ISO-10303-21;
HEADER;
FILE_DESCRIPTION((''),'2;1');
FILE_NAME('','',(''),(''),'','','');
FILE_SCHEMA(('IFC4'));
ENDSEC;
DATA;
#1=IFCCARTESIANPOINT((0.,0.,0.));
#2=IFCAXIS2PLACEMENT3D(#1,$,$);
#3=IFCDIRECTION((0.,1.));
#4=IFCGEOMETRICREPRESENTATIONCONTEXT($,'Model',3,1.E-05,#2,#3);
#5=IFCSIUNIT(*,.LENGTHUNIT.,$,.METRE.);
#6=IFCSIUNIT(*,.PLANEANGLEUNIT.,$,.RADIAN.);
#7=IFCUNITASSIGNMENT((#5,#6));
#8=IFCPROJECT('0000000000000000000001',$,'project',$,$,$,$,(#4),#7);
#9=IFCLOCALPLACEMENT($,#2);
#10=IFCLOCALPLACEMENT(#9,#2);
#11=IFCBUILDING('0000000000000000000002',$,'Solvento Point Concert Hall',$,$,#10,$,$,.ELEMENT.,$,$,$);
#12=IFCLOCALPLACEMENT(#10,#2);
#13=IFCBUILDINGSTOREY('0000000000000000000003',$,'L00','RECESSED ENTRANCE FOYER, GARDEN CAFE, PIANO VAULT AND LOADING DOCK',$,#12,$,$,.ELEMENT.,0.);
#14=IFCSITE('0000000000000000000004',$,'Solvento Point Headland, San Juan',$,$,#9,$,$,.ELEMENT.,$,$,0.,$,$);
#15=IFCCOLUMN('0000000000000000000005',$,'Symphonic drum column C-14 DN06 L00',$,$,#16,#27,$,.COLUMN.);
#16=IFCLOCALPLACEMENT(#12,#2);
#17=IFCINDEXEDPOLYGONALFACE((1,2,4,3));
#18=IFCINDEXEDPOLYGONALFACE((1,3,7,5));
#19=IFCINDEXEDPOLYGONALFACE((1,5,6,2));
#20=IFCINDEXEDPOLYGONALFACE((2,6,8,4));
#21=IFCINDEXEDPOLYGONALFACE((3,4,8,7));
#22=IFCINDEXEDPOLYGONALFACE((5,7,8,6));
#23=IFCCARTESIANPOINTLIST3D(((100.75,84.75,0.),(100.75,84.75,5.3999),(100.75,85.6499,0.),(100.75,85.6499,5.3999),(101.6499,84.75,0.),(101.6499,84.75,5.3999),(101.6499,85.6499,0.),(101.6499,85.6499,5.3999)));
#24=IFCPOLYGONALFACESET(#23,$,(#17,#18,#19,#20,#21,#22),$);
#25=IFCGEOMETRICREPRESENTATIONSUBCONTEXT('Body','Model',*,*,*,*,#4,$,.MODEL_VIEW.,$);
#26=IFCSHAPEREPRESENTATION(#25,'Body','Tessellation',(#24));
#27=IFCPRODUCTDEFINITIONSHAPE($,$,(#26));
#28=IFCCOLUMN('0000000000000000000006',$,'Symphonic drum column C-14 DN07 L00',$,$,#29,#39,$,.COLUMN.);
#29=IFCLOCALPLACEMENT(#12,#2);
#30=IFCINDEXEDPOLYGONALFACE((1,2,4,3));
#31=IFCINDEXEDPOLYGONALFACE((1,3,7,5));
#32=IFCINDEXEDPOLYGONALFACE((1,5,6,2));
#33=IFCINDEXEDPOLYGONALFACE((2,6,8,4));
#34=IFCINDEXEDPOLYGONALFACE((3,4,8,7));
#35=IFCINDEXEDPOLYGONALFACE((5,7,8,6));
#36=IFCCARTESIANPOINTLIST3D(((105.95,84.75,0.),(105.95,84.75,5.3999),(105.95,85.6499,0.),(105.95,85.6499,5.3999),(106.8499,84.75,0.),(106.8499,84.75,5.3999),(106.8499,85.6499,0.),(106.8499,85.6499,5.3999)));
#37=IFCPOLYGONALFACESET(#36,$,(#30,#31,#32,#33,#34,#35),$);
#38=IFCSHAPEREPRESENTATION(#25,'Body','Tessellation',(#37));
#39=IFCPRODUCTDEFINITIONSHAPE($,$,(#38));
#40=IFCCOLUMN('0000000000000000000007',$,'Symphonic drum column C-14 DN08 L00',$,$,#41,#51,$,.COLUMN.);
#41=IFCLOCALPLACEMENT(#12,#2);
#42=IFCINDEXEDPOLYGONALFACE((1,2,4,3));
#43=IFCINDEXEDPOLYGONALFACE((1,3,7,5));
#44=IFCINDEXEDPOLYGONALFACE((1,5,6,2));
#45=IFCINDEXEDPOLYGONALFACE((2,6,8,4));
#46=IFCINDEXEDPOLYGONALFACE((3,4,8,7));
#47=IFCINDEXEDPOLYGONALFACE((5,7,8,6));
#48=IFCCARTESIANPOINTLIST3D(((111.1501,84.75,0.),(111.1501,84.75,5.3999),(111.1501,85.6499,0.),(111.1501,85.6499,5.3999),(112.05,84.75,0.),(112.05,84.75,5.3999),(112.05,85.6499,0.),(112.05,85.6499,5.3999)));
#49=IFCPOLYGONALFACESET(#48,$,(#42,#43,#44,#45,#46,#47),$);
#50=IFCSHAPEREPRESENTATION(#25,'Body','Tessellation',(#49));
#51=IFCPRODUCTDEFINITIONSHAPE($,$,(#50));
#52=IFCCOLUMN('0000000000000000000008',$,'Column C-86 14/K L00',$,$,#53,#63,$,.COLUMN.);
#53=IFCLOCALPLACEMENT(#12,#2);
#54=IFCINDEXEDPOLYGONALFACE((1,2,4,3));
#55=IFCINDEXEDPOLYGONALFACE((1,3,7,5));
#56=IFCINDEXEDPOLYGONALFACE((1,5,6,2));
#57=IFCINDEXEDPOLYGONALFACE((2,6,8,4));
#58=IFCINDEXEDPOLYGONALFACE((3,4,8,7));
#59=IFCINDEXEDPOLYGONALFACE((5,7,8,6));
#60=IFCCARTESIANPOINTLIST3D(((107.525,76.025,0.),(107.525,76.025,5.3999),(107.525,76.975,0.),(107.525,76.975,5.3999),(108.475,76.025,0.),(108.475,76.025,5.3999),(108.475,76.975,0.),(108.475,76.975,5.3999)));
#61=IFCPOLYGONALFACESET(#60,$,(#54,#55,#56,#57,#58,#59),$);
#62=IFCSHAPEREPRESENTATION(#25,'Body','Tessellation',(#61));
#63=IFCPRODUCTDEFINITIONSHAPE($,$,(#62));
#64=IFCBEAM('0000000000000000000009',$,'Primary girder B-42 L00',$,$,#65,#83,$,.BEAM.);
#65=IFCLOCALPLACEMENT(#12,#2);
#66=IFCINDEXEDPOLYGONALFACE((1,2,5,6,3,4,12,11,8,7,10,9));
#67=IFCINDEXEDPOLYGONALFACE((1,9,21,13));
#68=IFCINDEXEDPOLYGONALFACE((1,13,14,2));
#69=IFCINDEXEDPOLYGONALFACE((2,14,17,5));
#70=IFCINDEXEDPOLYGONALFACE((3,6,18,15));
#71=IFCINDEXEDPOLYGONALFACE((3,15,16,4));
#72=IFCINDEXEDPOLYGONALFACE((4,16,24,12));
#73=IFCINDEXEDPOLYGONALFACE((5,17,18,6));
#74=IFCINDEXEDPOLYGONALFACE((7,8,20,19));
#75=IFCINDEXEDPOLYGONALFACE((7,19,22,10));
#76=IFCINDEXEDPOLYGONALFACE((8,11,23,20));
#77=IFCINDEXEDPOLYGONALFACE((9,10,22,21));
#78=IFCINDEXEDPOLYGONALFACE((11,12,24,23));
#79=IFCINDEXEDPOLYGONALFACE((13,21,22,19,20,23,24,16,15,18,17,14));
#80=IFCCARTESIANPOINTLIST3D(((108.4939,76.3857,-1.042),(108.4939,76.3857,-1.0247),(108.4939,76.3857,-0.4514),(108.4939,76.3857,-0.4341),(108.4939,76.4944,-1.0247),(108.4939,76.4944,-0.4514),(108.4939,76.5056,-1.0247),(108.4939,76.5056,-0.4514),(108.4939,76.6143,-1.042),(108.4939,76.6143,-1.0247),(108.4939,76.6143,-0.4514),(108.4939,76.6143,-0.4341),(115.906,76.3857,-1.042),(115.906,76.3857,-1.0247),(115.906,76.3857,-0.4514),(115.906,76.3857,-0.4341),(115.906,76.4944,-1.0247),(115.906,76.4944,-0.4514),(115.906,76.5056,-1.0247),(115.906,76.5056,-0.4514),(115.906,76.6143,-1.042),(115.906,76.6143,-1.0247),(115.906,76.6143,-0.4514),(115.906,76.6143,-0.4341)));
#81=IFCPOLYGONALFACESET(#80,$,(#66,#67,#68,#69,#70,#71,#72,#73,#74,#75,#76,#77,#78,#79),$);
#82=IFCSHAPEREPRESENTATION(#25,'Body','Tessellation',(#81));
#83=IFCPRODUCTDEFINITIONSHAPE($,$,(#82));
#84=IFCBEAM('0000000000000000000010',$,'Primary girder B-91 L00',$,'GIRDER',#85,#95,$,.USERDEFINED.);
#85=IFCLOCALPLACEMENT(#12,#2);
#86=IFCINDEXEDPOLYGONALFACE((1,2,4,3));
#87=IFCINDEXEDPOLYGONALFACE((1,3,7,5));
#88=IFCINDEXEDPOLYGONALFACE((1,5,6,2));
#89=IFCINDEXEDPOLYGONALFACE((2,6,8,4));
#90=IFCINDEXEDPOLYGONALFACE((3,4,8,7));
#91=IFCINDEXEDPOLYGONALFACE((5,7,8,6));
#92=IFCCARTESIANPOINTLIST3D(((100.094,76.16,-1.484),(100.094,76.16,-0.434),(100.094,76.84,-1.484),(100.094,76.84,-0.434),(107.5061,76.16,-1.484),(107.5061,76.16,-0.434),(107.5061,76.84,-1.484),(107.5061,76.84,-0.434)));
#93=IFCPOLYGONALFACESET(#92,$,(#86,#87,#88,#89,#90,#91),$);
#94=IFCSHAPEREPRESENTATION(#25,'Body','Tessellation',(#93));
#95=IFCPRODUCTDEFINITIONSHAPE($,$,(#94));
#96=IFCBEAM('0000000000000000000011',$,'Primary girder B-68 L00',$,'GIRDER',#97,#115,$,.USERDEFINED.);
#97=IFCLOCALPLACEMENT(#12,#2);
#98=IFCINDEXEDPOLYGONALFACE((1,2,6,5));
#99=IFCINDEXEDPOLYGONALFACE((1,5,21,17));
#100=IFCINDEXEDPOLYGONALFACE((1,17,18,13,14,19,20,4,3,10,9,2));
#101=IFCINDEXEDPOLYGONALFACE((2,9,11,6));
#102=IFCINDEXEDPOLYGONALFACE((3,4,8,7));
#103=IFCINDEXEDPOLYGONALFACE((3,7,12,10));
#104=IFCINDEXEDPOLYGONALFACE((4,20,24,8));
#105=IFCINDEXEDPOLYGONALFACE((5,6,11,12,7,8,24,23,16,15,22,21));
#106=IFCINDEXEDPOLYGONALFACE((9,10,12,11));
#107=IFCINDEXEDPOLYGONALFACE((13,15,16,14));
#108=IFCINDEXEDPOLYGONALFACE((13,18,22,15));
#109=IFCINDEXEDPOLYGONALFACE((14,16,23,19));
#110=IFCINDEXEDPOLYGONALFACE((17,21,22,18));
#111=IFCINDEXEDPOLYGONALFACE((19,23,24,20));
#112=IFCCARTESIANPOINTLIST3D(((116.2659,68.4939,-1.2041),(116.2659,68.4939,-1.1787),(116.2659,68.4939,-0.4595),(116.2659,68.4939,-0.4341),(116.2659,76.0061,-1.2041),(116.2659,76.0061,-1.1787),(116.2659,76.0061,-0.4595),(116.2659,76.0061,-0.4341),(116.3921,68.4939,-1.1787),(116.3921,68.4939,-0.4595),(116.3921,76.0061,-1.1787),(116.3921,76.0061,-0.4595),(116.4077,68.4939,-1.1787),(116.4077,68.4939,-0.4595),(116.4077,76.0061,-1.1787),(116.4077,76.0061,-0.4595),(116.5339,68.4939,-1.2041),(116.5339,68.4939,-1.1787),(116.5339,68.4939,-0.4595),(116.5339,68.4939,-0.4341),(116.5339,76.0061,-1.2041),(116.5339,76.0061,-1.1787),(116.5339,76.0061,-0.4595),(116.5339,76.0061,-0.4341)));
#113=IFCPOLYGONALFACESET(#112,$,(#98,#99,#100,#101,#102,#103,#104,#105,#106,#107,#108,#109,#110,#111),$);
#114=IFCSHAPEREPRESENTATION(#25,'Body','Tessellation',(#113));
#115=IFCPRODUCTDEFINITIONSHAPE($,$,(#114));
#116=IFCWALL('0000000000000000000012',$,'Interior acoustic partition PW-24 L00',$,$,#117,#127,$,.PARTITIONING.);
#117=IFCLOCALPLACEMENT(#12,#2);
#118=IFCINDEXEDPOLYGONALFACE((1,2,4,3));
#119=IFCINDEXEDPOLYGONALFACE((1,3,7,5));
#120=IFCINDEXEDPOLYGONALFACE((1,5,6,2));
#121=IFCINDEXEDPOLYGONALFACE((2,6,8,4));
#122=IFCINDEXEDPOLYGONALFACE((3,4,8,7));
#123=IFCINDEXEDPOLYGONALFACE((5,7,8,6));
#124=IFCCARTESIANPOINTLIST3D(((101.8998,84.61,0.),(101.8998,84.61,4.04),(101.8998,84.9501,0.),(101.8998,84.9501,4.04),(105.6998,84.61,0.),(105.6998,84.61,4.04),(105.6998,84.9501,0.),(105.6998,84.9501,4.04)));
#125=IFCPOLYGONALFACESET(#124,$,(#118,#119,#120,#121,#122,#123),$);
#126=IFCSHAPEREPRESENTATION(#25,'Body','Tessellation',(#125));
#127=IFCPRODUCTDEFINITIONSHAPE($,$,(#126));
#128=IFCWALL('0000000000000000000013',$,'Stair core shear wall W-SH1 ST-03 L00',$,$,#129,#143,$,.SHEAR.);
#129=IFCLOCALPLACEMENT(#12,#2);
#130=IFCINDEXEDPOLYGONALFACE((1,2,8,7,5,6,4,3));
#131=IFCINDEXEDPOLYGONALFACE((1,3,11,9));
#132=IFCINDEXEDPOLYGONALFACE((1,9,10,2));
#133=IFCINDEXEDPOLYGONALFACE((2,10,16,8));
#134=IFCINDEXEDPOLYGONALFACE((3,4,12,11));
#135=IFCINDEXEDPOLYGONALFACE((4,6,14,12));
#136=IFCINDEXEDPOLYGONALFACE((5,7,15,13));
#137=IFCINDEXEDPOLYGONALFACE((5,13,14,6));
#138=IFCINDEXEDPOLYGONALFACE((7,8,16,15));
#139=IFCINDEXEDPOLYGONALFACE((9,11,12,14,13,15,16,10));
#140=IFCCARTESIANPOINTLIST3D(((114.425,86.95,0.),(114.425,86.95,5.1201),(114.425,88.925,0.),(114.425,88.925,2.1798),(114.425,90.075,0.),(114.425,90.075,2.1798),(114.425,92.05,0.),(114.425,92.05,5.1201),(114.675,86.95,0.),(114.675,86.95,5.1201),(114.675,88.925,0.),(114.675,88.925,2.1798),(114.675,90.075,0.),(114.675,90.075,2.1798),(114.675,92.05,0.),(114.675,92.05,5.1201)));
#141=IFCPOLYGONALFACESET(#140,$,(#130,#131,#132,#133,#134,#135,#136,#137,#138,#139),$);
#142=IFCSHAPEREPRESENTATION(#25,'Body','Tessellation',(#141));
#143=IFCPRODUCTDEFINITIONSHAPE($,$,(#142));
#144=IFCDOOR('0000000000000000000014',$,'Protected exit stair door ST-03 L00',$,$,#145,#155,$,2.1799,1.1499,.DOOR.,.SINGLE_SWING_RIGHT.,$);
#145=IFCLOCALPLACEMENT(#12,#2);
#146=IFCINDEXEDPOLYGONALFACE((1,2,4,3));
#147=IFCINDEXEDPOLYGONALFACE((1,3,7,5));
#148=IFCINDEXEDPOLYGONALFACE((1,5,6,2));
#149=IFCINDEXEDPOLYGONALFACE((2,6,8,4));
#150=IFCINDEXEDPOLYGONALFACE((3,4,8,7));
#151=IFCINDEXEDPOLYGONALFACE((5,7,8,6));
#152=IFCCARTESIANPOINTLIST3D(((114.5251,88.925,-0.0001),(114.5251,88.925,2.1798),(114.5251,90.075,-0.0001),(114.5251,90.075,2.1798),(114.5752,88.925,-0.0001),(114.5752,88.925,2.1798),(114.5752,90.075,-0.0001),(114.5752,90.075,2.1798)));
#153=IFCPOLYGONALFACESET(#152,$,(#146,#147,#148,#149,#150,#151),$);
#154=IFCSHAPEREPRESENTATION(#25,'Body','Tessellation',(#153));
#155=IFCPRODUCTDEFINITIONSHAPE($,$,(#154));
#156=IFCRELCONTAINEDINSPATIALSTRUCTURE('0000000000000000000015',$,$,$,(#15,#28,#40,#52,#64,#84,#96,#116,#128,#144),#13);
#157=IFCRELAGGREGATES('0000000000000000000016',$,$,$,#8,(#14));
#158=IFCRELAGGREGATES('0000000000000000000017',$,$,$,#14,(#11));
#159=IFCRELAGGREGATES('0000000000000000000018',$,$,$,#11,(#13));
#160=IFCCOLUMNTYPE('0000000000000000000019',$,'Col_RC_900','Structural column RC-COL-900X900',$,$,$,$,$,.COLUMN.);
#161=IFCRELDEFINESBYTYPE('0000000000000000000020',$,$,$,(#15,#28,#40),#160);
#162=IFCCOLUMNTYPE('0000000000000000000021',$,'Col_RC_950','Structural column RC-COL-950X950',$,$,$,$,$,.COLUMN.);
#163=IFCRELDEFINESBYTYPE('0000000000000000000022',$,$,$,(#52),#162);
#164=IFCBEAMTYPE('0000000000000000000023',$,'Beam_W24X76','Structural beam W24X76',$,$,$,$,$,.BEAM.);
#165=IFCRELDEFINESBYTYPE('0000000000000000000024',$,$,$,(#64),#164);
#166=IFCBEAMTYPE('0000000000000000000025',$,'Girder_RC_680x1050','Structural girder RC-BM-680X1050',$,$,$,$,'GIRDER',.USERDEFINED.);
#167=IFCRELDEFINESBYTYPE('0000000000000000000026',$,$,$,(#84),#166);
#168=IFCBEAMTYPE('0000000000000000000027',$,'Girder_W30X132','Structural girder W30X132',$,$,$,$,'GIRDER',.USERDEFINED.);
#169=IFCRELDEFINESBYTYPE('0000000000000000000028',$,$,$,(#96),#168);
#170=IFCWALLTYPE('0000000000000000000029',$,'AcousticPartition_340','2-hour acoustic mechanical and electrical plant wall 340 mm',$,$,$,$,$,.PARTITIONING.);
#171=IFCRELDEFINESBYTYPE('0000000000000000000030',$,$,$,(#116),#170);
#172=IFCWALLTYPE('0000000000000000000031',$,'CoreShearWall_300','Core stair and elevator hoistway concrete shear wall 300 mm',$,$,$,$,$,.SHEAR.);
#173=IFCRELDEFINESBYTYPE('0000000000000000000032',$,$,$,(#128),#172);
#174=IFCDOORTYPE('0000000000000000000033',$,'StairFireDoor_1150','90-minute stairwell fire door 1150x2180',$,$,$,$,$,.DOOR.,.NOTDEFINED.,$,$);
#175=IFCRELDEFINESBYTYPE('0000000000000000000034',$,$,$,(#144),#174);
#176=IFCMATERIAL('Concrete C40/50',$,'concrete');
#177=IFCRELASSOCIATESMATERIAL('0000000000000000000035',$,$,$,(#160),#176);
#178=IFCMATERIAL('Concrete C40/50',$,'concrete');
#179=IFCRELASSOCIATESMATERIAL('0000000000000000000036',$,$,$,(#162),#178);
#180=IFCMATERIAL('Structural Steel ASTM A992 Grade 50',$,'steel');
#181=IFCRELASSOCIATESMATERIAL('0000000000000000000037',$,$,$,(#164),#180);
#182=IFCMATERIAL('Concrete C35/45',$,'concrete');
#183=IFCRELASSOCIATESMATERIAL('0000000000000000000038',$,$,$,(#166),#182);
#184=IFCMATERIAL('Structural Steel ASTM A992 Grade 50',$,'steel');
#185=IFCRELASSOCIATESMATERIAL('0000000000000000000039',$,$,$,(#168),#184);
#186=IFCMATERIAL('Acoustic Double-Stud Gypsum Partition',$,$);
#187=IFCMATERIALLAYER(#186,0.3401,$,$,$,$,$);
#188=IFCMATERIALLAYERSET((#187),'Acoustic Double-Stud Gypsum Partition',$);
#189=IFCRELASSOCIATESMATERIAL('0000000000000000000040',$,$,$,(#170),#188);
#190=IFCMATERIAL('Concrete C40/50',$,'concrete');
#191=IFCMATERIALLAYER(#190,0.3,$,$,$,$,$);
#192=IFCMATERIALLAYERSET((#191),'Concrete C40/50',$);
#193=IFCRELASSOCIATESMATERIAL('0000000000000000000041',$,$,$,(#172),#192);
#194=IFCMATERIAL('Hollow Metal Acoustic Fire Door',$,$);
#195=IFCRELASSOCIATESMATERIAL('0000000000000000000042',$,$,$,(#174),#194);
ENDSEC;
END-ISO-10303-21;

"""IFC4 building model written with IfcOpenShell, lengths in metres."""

from ifc_helpers import new_model, si_unit, direction, frame, frame_2d, origin, origin_2d, place, context, subcontext, project, spatial, rectangle, i_section, extrude, material, layer, layer_set, material_profile, profile_set, type_object, element, fill, save


model = new_model("IFC4")

# Units and contexts
model_context = context("Model", 3, precision=1e-05, world=origin(), true_north=direction((0.0, 1.0)))
body_context = subcontext(model_context, "Body", "Model", "MODEL_VIEW")
ifc_project = project(units=[si_unit("LENGTHUNIT", "METRE"), si_unit("PLANEANGLEUNIT", "RADIAN")], contexts=[model_context])

# Site, building, storey
site_placement = place(None, origin())
site = spatial("IfcSite", under=ifc_project, at=site_placement, Name="Solvento Point Headland, San Juan", CompositionType="ELEMENT", RefElevation=0.0)
building_placement = place(site_placement, origin())
building = spatial("IfcBuilding", under=site, at=building_placement, Name="Solvento Point Concert Hall", CompositionType="ELEMENT")
storey_placement = place(building_placement, origin())
storey = spatial("IfcBuildingStorey", under=building, at=storey_placement, Name="L00", Description="RECESSED ENTRANCE FOYER, GARDEN CAFE, PIANO VAULT AND LOADING DOCK", CompositionType="ELEMENT", Elevation=0.0)

# Columns
ifc_material_1 = material(Name="Concrete C40/50", Category="concrete")
ifc_material_profile_1 = material_profile(ifc_material_1, rectangle(XDim=0.8999, YDim=0.8999, at=origin_2d()), Name="RC-COL-900X900")
ifc_profile_set_1 = profile_set([ifc_material_profile_1], Name="Concrete C40/50")
column_type_1 = type_object("IfcColumnType", Name="Col_RC_900", Description="Structural column RC-COL-900X900", PredefinedType="COLUMN", material=ifc_profile_set_1)
for number, where, z_axis, x_axis, name in (
    (1, (101.2, 85.2, 0.0), (0.0, 0.0, 1.0), (1.0, 0.0, 0.0), "Symphonic drum column C-14 DN06 L00"),
    (2, (106.3999, 85.2, 0.0), (0.0, 0.0, 1.0), (1.0, 0.0, 0.0), "Symphonic drum column C-14 DN07 L00"),
    (3, (111.6001, 85.2, 0.0), (0.0, 0.0, 1.0), (1.0, 0.0, 0.0), "Symphonic drum column C-14 DN08 L00"),
):
    element("IfcColumn", number, at=place(storey_placement, frame(where, z_axis=z_axis, x_axis=x_axis)), inside=storey, type_object=column_type_1, Name=name, PredefinedType="COLUMN", context=body_context, shape_type="SweptSolid", body=[
        extrude(rectangle(XDim=0.8999, YDim=0.8999, at=origin_2d()), origin(), (0.0, 0.0, 1.0), 5.3999),
    ])
ifc_material_2 = material(Name="Concrete C40/50", Category="concrete")
ifc_material_profile_2 = material_profile(ifc_material_2, rectangle(XDim=0.95, YDim=0.95, at=origin_2d()), Name="RC-COL-950X950")
ifc_profile_set_2 = profile_set([ifc_material_profile_2], Name="Concrete C40/50")
column_type_2 = type_object("IfcColumnType", Name="Col_RC_950", Description="Structural column RC-COL-950X950", PredefinedType="COLUMN", material=ifc_profile_set_2)
column_placement = place(storey_placement, frame((108.0, 76.5, 0.0), z_axis=(0.0, 0.0, 1.0), x_axis=(1.0, 0.0, 0.0)))
element("IfcColumn", 4, at=column_placement, inside=storey, type_object=column_type_2, Name="Column C-86 14/K L00", PredefinedType="COLUMN", context=body_context, shape_type="SweptSolid", body=[
    extrude(rectangle(XDim=0.95, YDim=0.95, at=origin_2d()), origin(), (0.0, 0.0, 1.0), 5.3999),
])

# Beams
ifc_material_3 = material(Name="Structural Steel ASTM A992 Grade 50", Category="steel")
ifc_material_profile_3 = material_profile(ifc_material_3, i_section(OverallWidth=0.2285, OverallDepth=0.6079, WebThickness=0.0112, FlangeThickness=0.0173, at=origin_2d()), Name="W24X76")
ifc_profile_set_3 = profile_set([ifc_material_profile_3], Name="Structural Steel ASTM A992 Grade 50")
beam_type_1 = type_object("IfcBeamType", Name="Beam_W24X76", Description="Structural beam W24X76", PredefinedType="BEAM", material=ifc_profile_set_3)
beam_1_placement = place(storey_placement, frame((108.4939, 76.5, -0.738), z_axis=(1.0, 0.0, 0.0), x_axis=(0.0, 1.0, 0.0)))
element("IfcBeam", 5, at=beam_1_placement, inside=storey, type_object=beam_type_1, Name="Primary girder B-42 L00", PredefinedType="BEAM", context=body_context, shape_type="SweptSolid", body=[
    extrude(i_section(OverallWidth=0.2285, OverallDepth=0.6079, WebThickness=0.0112, FlangeThickness=0.0173, at=origin_2d()), origin(), (0.0, 0.0, 1.0), 7.4121),
])
ifc_material_4 = material(Name="Concrete C35/45", Category="concrete")
ifc_material_profile_4 = material_profile(ifc_material_4, rectangle(XDim=0.6799, YDim=1.05, at=origin_2d()), Name="RC-BM-680X1050")
ifc_profile_set_4 = profile_set([ifc_material_profile_4], Name="Concrete C35/45")
beam_type_2 = type_object("IfcBeamType", Name="Girder_RC_680x1050", Description="Structural girder RC-BM-680X1050", ElementType="GIRDER", PredefinedType="USERDEFINED", material=ifc_profile_set_4)
beam_2_placement = place(storey_placement, frame((100.094, 76.5, -0.959), z_axis=(1.0, 0.0, 0.0), x_axis=(0.0, 1.0, 0.0)))
element("IfcBeam", 6, at=beam_2_placement, inside=storey, type_object=beam_type_2, Name="Primary girder B-91 L00", ObjectType="GIRDER", PredefinedType="USERDEFINED", context=body_context, shape_type="SweptSolid", body=[
    extrude(rectangle(XDim=0.6799, YDim=1.05, at=origin_2d()), origin(), (0.0, 0.0, 1.0), 7.4121),
])
ifc_material_5 = material(Name="Structural Steel ASTM A992 Grade 50", Category="steel")
ifc_material_profile_5 = material_profile(ifc_material_5, i_section(OverallWidth=0.2681, OverallDepth=0.77, WebThickness=0.0156, FlangeThickness=0.0254, at=origin_2d()), Name="W30X132")
ifc_profile_set_5 = profile_set([ifc_material_profile_5], Name="Structural Steel ASTM A992 Grade 50")
beam_type_3 = type_object("IfcBeamType", Name="Girder_W30X132", Description="Structural girder W30X132", ElementType="GIRDER", PredefinedType="USERDEFINED", material=ifc_profile_set_5)
beam_3_placement = place(storey_placement, frame((116.3999, 68.4939, -0.8191), z_axis=(0.0, 1.0, 0.0), x_axis=(-1.0, 0.0, 0.0)))
element("IfcBeam", 7, at=beam_3_placement, inside=storey, type_object=beam_type_3, Name="Primary girder B-68 L00", ObjectType="GIRDER", PredefinedType="USERDEFINED", context=body_context, shape_type="SweptSolid", body=[
    extrude(i_section(OverallWidth=0.2681, OverallDepth=0.77, WebThickness=0.0156, FlangeThickness=0.0254, at=origin_2d()), origin(), (0.0, 0.0, 1.0), 7.5122),
])

# Wall
ifc_material_6 = material(Name="Acoustic Double-Stud Gypsum Partition")
ifc_layer_1 = layer(ifc_material_6, 0.3401)
ifc_layer_set_1 = layer_set([ifc_layer_1], Name="Acoustic Double-Stud Gypsum Partition")
wall_type_1 = type_object("IfcWallType", Name="AcousticPartition_340", Description="2-hour acoustic mechanical and electrical plant wall 340 mm", PredefinedType="PARTITIONING", material=ifc_layer_set_1)
wall_1_placement = place(storey_placement, frame((101.8999, 84.78, 0.0), z_axis=(0.0, 0.0, 1.0), x_axis=(1.0, 0.0, 0.0)))
element("IfcWall", 8, at=wall_1_placement, inside=storey, type_object=wall_type_1, Name="Interior acoustic partition PW-24 L00", PredefinedType="PARTITIONING", context=body_context, shape_type="SweptSolid", body=[
    extrude(rectangle(XDim=3.8, YDim=0.3401, at=frame_2d((1.8999, 0.0))), origin(), (0.0, 0.0, 1.0), 4.04),
])

# Wall, opening, door
ifc_material_7 = material(Name="Concrete C40/50", Category="concrete")
ifc_layer_2 = layer(ifc_material_7, 0.3)
ifc_layer_set_2 = layer_set([ifc_layer_2], Name="Concrete C40/50")
wall_type_2 = type_object("IfcWallType", Name="CoreShearWall_300", Description="Core stair and elevator hoistway concrete shear wall 300 mm", PredefinedType="SHEAR", material=ifc_layer_set_2)
wall_2_placement = place(storey_placement, frame((114.55, 86.95, 0.0), z_axis=(0.0, 0.0, 1.0), x_axis=(0.0, 1.0, 0.0)))
wall_2 = element("IfcWall", 9, at=wall_2_placement, inside=storey, type_object=wall_type_2, Name="Stair core shear wall W-SH1 ST-03 L00", PredefinedType="SHEAR", context=body_context, shape_type="SweptSolid", body=[
    extrude(rectangle(XDim=5.1001, YDim=0.25, at=frame_2d((2.55, 0.0))), origin(), (0.0, 0.0, 1.0), 5.1201),
])
opening_1_placement = place(wall_2_placement, frame((1.9751, 0.0, 0.0)))
opening_1 = element("IfcOpeningElement", 10, at=opening_1_placement, cuts=wall_2, PredefinedType="OPENING", context=body_context, shape_type="SweptSolid", body=[
    extrude(rectangle(XDim=1.1499, YDim=2.1799, at=frame_2d((0.575, 1.0898))), frame((0.0, 0.135, 0.0), z_axis=(0.0, -1.0, 0.0), x_axis=(1.0, 0.0, 0.0)), (0.0, 0.0, 1.0), 0.27),
])
ifc_material_8 = material(Name="Hollow Metal Acoustic Fire Door")
door_type_1 = type_object("IfcDoorType", Name="StairFireDoor_1150", Description="90-minute stairwell fire door 1150x2180", OperationType="NOTDEFINED", PredefinedType="DOOR", material=ifc_material_8)
door_1_placement = place(opening_1_placement, origin())
door_1 = element("IfcDoor", 11, at=door_1_placement, inside=storey, type_object=door_type_1, Name="Protected exit stair door ST-03 L00", OperationType="SINGLE_SWING_RIGHT", OverallHeight=2.1799, OverallWidth=1.1499, PredefinedType="DOOR", context=body_context, shape_type="SweptSolid", body=[
    extrude(rectangle(XDim=1.1499, YDim=2.1799, at=frame_2d((0.575, 1.0898))), frame((0.0, 0.0249, 0.0), z_axis=(0.0, -1.0, 0.0), x_axis=(1.0, 0.0, 0.0)), (0.0, 0.0, 1.0), 0.05),
])
fill(opening_1, door_1)

save(model, "model.ifc")
